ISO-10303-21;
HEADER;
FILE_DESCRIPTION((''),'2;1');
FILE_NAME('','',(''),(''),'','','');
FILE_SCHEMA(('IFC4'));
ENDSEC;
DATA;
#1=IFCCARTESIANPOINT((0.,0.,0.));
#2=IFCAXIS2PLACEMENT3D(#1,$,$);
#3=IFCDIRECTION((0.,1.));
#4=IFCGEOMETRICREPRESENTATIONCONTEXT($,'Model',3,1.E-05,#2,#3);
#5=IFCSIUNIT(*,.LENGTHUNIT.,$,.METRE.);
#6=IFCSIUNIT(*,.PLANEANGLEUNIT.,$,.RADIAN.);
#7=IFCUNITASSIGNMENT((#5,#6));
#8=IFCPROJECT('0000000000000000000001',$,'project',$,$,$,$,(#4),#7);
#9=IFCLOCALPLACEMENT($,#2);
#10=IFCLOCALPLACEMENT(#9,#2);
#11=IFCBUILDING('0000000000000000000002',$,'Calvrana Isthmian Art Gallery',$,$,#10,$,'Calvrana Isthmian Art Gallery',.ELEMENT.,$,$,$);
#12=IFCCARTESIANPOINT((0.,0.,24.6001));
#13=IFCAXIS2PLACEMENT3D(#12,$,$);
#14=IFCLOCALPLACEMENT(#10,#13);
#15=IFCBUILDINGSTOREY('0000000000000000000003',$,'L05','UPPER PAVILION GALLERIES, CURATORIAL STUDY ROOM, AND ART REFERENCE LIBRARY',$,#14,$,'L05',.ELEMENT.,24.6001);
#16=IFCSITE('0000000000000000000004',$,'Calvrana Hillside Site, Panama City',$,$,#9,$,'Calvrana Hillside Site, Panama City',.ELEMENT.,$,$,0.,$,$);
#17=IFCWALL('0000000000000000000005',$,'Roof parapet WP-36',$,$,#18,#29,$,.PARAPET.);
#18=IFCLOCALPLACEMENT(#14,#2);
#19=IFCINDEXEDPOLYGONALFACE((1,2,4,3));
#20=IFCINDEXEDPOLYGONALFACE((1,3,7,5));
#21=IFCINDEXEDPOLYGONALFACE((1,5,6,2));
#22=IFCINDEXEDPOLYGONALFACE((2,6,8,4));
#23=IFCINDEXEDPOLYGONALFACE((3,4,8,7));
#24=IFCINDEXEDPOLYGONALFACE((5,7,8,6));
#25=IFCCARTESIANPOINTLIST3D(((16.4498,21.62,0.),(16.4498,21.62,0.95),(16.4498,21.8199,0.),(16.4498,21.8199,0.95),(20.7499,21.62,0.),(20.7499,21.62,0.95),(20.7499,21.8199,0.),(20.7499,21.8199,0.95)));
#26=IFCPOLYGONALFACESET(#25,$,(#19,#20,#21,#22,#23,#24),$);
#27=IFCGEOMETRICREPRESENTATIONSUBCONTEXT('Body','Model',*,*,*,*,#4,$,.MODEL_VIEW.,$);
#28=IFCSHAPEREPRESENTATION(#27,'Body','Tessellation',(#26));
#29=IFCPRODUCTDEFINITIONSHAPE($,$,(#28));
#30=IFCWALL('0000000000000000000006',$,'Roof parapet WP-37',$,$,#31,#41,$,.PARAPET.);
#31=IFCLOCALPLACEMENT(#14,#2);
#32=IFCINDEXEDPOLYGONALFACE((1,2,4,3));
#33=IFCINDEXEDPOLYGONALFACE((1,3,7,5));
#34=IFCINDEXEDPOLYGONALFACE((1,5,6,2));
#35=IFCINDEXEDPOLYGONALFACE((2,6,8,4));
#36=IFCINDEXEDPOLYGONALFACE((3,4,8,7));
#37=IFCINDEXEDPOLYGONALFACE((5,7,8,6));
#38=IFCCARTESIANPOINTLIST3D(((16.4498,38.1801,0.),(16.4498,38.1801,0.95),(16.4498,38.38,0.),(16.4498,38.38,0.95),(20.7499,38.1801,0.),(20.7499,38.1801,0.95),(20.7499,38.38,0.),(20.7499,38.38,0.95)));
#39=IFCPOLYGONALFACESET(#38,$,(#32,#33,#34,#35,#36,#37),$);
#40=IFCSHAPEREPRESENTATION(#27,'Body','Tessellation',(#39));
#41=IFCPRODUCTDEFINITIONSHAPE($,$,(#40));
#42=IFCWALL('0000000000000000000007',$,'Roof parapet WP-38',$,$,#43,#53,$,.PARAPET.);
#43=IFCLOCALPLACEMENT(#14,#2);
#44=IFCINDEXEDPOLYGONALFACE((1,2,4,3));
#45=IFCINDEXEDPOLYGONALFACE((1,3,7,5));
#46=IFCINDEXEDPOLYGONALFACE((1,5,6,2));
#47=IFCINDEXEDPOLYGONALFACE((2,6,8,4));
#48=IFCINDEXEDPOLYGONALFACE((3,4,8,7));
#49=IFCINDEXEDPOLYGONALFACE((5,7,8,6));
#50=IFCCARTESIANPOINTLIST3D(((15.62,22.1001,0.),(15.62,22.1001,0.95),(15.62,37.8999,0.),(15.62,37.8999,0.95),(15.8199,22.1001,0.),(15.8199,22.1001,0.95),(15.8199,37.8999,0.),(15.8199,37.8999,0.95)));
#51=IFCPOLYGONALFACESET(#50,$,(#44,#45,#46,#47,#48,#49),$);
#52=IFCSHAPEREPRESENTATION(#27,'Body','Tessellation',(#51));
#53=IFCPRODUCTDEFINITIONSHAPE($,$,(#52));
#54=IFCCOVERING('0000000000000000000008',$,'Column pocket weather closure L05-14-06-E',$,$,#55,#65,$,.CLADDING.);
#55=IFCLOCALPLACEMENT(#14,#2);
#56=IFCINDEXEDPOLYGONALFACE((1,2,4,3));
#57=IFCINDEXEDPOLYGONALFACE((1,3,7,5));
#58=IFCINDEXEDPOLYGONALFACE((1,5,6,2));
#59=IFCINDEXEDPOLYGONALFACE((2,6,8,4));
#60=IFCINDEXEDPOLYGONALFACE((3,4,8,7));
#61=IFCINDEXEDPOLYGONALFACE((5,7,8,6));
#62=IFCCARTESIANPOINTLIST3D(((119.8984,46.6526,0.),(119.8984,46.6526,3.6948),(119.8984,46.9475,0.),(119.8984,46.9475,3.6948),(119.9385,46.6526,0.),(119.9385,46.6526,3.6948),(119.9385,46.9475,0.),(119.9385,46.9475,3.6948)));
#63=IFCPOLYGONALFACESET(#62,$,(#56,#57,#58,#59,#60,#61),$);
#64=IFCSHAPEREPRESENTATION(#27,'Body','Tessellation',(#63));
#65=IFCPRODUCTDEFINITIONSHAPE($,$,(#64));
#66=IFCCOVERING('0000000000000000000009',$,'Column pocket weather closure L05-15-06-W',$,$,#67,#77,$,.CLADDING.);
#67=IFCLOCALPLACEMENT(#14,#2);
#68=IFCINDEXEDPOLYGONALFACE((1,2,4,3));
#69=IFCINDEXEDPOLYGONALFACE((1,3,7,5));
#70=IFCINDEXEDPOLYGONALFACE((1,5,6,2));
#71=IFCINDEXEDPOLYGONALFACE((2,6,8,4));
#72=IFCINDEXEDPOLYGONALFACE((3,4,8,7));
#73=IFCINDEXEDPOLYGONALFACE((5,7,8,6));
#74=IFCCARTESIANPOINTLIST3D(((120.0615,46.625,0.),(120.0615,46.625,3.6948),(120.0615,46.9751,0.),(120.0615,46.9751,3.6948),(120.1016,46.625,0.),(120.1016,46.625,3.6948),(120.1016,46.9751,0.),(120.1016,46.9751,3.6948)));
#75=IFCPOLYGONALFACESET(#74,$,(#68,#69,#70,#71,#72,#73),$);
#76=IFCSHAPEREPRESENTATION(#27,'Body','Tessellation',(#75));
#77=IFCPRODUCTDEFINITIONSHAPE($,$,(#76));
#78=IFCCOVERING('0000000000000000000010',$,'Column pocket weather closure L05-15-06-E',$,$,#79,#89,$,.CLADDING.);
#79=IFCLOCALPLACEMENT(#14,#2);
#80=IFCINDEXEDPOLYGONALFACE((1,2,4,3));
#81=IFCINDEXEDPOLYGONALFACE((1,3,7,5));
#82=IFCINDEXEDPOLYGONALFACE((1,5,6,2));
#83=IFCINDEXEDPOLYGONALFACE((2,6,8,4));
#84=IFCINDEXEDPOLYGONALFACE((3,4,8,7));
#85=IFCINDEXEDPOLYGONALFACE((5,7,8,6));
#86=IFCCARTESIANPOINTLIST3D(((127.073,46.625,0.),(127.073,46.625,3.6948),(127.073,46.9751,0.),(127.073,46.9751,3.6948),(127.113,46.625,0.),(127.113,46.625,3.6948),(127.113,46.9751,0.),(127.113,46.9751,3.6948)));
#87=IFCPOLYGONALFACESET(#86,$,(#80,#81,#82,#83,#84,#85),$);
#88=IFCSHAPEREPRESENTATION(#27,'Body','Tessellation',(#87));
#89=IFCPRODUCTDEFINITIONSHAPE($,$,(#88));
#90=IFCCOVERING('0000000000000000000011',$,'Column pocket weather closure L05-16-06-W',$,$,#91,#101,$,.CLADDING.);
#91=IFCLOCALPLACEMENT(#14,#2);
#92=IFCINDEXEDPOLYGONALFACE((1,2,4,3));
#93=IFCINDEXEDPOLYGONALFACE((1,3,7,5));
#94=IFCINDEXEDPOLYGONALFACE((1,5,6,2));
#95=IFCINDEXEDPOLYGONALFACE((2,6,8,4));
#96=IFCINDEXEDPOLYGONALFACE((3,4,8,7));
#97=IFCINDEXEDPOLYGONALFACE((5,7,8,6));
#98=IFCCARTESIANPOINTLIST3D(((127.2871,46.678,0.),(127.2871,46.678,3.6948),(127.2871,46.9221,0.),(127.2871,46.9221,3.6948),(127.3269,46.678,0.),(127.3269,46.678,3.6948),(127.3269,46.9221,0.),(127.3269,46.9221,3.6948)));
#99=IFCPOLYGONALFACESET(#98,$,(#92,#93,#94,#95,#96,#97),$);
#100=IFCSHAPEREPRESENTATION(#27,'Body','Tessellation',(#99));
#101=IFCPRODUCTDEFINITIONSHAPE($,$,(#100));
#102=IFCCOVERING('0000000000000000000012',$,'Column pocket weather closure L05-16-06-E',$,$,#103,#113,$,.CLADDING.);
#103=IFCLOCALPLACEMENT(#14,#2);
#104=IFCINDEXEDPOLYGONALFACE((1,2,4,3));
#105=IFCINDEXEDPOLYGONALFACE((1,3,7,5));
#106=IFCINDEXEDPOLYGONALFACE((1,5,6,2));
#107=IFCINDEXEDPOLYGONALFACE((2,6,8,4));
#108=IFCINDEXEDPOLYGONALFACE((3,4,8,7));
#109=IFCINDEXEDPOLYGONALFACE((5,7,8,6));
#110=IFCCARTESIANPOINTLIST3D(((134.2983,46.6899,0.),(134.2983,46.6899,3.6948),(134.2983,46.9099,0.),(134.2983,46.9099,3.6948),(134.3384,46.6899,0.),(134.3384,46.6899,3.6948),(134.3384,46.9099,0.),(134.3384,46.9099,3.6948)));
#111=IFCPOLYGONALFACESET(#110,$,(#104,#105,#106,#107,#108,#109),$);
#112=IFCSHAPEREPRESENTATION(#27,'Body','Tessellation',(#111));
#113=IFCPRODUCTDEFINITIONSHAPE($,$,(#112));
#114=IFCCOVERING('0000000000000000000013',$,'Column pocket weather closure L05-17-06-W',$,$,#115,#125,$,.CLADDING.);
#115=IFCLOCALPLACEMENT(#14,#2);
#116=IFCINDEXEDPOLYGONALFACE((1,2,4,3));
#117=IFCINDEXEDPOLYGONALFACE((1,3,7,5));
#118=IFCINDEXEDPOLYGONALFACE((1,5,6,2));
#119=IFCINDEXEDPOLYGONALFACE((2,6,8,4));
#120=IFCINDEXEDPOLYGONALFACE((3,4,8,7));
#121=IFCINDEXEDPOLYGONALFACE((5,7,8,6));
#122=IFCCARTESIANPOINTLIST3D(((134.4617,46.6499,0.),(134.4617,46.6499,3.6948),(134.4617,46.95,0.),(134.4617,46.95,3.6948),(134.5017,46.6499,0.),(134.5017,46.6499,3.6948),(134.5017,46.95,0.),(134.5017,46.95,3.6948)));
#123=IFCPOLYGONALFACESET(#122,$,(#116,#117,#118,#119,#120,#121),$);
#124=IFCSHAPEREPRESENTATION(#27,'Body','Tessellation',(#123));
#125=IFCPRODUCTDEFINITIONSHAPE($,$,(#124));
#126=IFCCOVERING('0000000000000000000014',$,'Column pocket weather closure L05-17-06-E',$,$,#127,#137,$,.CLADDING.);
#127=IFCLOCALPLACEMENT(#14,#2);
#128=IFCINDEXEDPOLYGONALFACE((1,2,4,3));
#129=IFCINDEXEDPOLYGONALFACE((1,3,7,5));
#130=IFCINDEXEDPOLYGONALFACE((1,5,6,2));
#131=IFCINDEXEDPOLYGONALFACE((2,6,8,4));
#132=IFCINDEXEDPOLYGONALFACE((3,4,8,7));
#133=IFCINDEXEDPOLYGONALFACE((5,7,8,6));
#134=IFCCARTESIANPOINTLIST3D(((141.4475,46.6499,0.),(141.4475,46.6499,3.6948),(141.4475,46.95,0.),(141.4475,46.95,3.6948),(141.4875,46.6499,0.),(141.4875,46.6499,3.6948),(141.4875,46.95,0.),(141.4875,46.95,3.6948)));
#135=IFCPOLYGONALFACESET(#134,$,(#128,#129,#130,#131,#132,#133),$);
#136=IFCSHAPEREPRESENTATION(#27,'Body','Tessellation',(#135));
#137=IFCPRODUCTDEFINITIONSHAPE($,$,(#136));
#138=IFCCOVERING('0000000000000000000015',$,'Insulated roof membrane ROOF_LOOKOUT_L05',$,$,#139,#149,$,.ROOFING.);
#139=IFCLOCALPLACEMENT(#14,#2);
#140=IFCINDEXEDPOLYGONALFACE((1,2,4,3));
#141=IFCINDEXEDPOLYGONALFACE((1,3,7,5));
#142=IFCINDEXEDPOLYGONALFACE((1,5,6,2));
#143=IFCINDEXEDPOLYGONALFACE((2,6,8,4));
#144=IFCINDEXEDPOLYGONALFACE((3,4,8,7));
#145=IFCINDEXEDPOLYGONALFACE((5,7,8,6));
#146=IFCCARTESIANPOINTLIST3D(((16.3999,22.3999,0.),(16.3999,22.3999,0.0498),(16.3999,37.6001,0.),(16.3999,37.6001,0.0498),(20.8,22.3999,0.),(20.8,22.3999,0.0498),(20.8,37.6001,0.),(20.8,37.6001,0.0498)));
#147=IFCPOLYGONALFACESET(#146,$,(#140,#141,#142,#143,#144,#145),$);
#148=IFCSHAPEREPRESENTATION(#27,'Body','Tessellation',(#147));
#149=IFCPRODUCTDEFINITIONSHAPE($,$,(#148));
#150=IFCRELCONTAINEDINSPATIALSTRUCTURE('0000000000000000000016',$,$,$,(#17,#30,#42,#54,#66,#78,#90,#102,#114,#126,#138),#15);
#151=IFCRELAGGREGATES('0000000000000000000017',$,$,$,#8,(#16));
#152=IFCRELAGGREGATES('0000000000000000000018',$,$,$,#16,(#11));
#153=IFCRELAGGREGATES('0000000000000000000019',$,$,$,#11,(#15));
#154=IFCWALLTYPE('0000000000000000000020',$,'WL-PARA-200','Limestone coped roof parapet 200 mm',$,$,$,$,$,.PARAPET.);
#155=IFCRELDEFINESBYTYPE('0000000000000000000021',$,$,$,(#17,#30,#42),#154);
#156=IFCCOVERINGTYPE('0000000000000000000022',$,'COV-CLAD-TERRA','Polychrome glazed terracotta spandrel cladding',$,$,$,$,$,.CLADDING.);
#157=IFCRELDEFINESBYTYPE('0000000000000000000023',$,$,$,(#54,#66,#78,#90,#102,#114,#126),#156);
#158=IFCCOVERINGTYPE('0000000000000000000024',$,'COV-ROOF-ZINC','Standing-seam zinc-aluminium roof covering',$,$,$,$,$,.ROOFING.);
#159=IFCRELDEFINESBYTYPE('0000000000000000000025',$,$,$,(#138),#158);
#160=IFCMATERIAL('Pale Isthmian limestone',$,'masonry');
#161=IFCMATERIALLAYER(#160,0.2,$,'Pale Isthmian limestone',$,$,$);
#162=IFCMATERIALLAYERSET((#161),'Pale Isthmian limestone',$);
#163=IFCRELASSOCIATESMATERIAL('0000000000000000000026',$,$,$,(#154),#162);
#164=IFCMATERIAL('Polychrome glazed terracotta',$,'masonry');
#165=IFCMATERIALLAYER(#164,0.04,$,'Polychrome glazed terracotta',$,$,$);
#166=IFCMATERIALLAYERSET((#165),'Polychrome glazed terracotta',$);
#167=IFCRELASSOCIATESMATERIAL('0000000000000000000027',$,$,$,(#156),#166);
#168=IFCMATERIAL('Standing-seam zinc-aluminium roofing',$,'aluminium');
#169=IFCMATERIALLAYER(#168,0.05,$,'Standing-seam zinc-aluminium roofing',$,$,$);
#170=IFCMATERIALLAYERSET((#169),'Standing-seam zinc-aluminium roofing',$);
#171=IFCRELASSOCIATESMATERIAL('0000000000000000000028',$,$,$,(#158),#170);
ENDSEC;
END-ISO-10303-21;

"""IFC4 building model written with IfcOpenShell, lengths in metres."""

from ifc_helpers import new_model, si_unit, direction, frame, frame_2d, origin, place, context, subcontext, project, spatial, polyline, rectangle, outline, extrude, material, layer, layer_set, type_object, element, save


model = new_model("IFC4")

# Units and contexts
model_context = context("Model", 3, precision=1e-05, world=origin(), true_north=direction((0.0, 1.0)))
body_context = subcontext(model_context, "Body", "Model", "MODEL_VIEW")
ifc_project = project(units=[si_unit("LENGTHUNIT", "METRE"), si_unit("PLANEANGLEUNIT", "RADIAN")], contexts=[model_context])

# Site, building, storey
site_placement = place(None, origin())
site = spatial("IfcSite", under=ifc_project, at=site_placement, Name="Calvrana Hillside Site, Panama City", LongName="Calvrana Hillside Site, Panama City", CompositionType="ELEMENT", RefElevation=0.0)
building_placement = place(site_placement, origin())
building = spatial("IfcBuilding", under=site, at=building_placement, Name="Calvrana Isthmian Art Gallery", LongName="Calvrana Isthmian Art Gallery", CompositionType="ELEMENT")
storey_placement = place(building_placement, frame((0.0, 0.0, 24.6001)))
storey = spatial("IfcBuildingStorey", under=building, at=storey_placement, Name="L05", Description="UPPER PAVILION GALLERIES, CURATORIAL STUDY ROOM, AND ART REFERENCE LIBRARY", LongName="L05", CompositionType="ELEMENT", Elevation=24.6001)

# Walls
ifc_material_1 = material(Name="Pale Isthmian limestone", Category="masonry")
ifc_layer_1 = layer(ifc_material_1, 0.2, Name="Pale Isthmian limestone")
ifc_layer_set_1 = layer_set([ifc_layer_1], Name="Pale Isthmian limestone")
wall_type = type_object("IfcWallType", Name="WL-PARA-200", Description="Limestone coped roof parapet 200 mm", PredefinedType="PARAPET", material=ifc_layer_set_1)
for number, where, z_axis, x_axis, name in (
    (1, (16.45, 21.72, 0.0), (0.0, 0.0, 1.0), (1.0, 0.0, 0.0), "Roof parapet WP-36"),
    (2, (16.45, 38.28, 0.0), (0.0, 0.0, 1.0), (1.0, 0.0, 0.0), "Roof parapet WP-37"),
):
    element("IfcWall", number, at=place(storey_placement, frame(where, z_axis=z_axis, x_axis=x_axis)), inside=storey, type_object=wall_type, Name=name, PredefinedType="PARAPET", context=body_context, shape_type="SweptSolid", body=[
        extrude(rectangle(XDim=4.3, YDim=0.2, at=frame_2d((2.1499, 0.0))), origin(), (0.0, 0.0, 1.0), 0.95),
    ])
wall_placement = place(storey_placement, frame((15.72, 22.1001, 0.0), z_axis=(0.0, 0.0, 1.0), x_axis=(0.0, 1.0, 0.0)))
element("IfcWall", 3, at=wall_placement, inside=storey, type_object=wall_type, Name="Roof parapet WP-38", PredefinedType="PARAPET", context=body_context, shape_type="SweptSolid", body=[
    extrude(rectangle(XDim=15.7998, YDim=0.2, at=frame_2d((7.8999, 0.0))), origin(), (0.0, 0.0, 1.0), 0.95),
])

# Coverings
ifc_material_2 = material(Name="Polychrome glazed terracotta", Category="masonry")
ifc_layer_2 = layer(ifc_material_2, 0.04, Name="Polychrome glazed terracotta")
ifc_layer_set_2 = layer_set([ifc_layer_2], Name="Polychrome glazed terracotta")
covering_type_1 = type_object("IfcCoveringType", Name="COV-CLAD-TERRA", Description="Polychrome glazed terracotta spandrel cladding", PredefinedType="CLADDING", material=ifc_layer_set_2)
covering_1_placement = place(storey_placement, origin())
element("IfcCovering", 4, at=covering_1_placement, inside=storey, type_object=covering_type_1, Name="Column pocket weather closure L05-14-06-E", PredefinedType="CLADDING", context=body_context, shape_type="SweptSolid", body=[
    extrude(outline(polyline([(119.8984, 46.6526), (119.9385, 46.6526), (119.9385, 46.9475), (119.8984, 46.9475), (119.8984, 46.6526)])), origin(), (0.0, 0.0, 1.0), 3.6948),
])
covering_2_placement = place(storey_placement, origin())
element("IfcCovering", 5, at=covering_2_placement, inside=storey, type_object=covering_type_1, Name="Column pocket weather closure L05-15-06-W", PredefinedType="CLADDING", context=body_context, shape_type="SweptSolid", body=[
    extrude(outline(polyline([(120.0615, 46.625), (120.1016, 46.625), (120.1016, 46.9751), (120.0615, 46.9751), (120.0615, 46.625)])), origin(), (0.0, 0.0, 1.0), 3.6948),
])
covering_3_placement = place(storey_placement, origin())
element("IfcCovering", 6, at=covering_3_placement, inside=storey, type_object=covering_type_1, Name="Column pocket weather closure L05-15-06-E", PredefinedType="CLADDING", context=body_context, shape_type="SweptSolid", body=[
    extrude(outline(polyline([(127.073, 46.625), (127.113, 46.625), (127.113, 46.9751), (127.073, 46.9751), (127.073, 46.625)])), origin(), (0.0, 0.0, 1.0), 3.6948),
])
covering_4_placement = place(storey_placement, origin())
element("IfcCovering", 7, at=covering_4_placement, inside=storey, type_object=covering_type_1, Name="Column pocket weather closure L05-16-06-W", PredefinedType="CLADDING", context=body_context, shape_type="SweptSolid", body=[
    extrude(outline(polyline([(127.2871, 46.678), (127.3269, 46.678), (127.3269, 46.9221), (127.2871, 46.9221), (127.2871, 46.678)])), origin(), (0.0, 0.0, 1.0), 3.6948),
])
covering_5_placement = place(storey_placement, origin())
element("IfcCovering", 8, at=covering_5_placement, inside=storey, type_object=covering_type_1, Name="Column pocket weather closure L05-16-06-E", PredefinedType="CLADDING", context=body_context, shape_type="SweptSolid", body=[
    extrude(outline(polyline([(134.2983, 46.6899), (134.3384, 46.6899), (134.3384, 46.9099), (134.2983, 46.9099), (134.2983, 46.6899)])), origin(), (0.0, 0.0, 1.0), 3.6948),
])
covering_6_placement = place(storey_placement, origin())
element("IfcCovering", 9, at=covering_6_placement, inside=storey, type_object=covering_type_1, Name="Column pocket weather closure L05-17-06-W", PredefinedType="CLADDING", context=body_context, shape_type="SweptSolid", body=[
    extrude(outline(polyline([(134.4617, 46.6499), (134.5017, 46.6499), (134.5017, 46.95), (134.4617, 46.95), (134.4617, 46.6499)])), origin(), (0.0, 0.0, 1.0), 3.6948),
])
covering_7_placement = place(storey_placement, origin())
element("IfcCovering", 10, at=covering_7_placement, inside=storey, type_object=covering_type_1, Name="Column pocket weather closure L05-17-06-E", PredefinedType="CLADDING", context=body_context, shape_type="SweptSolid", body=[
    extrude(outline(polyline([(141.4475, 46.6499), (141.4875, 46.6499), (141.4875, 46.95), (141.4475, 46.95), (141.4475, 46.6499)])), origin(), (0.0, 0.0, 1.0), 3.6948),
])
ifc_material_3 = material(Name="Standing-seam zinc-aluminium roofing", Category="aluminium")
ifc_layer_3 = layer(ifc_material_3, 0.05, Name="Standing-seam zinc-aluminium roofing")
ifc_layer_set_3 = layer_set([ifc_layer_3], Name="Standing-seam zinc-aluminium roofing")
covering_type_2 = type_object("IfcCoveringType", Name="COV-ROOF-ZINC", Description="Standing-seam zinc-aluminium roof covering", PredefinedType="ROOFING", material=ifc_layer_set_3)
covering_8_placement = place(storey_placement, origin())
element("IfcCovering", 11, at=covering_8_placement, inside=storey, type_object=covering_type_2, Name="Insulated roof membrane ROOF_LOOKOUT_L05", PredefinedType="ROOFING", context=body_context, shape_type="SweptSolid", body=[
    extrude(outline(polyline([(16.3999, 22.3999), (20.8, 22.3999), (20.8, 37.6001), (16.3999, 37.6001), (16.3999, 22.3999)])), origin(), (0.0, 0.0, 1.0), 0.0498),
])

save(model, "model.ifc")
